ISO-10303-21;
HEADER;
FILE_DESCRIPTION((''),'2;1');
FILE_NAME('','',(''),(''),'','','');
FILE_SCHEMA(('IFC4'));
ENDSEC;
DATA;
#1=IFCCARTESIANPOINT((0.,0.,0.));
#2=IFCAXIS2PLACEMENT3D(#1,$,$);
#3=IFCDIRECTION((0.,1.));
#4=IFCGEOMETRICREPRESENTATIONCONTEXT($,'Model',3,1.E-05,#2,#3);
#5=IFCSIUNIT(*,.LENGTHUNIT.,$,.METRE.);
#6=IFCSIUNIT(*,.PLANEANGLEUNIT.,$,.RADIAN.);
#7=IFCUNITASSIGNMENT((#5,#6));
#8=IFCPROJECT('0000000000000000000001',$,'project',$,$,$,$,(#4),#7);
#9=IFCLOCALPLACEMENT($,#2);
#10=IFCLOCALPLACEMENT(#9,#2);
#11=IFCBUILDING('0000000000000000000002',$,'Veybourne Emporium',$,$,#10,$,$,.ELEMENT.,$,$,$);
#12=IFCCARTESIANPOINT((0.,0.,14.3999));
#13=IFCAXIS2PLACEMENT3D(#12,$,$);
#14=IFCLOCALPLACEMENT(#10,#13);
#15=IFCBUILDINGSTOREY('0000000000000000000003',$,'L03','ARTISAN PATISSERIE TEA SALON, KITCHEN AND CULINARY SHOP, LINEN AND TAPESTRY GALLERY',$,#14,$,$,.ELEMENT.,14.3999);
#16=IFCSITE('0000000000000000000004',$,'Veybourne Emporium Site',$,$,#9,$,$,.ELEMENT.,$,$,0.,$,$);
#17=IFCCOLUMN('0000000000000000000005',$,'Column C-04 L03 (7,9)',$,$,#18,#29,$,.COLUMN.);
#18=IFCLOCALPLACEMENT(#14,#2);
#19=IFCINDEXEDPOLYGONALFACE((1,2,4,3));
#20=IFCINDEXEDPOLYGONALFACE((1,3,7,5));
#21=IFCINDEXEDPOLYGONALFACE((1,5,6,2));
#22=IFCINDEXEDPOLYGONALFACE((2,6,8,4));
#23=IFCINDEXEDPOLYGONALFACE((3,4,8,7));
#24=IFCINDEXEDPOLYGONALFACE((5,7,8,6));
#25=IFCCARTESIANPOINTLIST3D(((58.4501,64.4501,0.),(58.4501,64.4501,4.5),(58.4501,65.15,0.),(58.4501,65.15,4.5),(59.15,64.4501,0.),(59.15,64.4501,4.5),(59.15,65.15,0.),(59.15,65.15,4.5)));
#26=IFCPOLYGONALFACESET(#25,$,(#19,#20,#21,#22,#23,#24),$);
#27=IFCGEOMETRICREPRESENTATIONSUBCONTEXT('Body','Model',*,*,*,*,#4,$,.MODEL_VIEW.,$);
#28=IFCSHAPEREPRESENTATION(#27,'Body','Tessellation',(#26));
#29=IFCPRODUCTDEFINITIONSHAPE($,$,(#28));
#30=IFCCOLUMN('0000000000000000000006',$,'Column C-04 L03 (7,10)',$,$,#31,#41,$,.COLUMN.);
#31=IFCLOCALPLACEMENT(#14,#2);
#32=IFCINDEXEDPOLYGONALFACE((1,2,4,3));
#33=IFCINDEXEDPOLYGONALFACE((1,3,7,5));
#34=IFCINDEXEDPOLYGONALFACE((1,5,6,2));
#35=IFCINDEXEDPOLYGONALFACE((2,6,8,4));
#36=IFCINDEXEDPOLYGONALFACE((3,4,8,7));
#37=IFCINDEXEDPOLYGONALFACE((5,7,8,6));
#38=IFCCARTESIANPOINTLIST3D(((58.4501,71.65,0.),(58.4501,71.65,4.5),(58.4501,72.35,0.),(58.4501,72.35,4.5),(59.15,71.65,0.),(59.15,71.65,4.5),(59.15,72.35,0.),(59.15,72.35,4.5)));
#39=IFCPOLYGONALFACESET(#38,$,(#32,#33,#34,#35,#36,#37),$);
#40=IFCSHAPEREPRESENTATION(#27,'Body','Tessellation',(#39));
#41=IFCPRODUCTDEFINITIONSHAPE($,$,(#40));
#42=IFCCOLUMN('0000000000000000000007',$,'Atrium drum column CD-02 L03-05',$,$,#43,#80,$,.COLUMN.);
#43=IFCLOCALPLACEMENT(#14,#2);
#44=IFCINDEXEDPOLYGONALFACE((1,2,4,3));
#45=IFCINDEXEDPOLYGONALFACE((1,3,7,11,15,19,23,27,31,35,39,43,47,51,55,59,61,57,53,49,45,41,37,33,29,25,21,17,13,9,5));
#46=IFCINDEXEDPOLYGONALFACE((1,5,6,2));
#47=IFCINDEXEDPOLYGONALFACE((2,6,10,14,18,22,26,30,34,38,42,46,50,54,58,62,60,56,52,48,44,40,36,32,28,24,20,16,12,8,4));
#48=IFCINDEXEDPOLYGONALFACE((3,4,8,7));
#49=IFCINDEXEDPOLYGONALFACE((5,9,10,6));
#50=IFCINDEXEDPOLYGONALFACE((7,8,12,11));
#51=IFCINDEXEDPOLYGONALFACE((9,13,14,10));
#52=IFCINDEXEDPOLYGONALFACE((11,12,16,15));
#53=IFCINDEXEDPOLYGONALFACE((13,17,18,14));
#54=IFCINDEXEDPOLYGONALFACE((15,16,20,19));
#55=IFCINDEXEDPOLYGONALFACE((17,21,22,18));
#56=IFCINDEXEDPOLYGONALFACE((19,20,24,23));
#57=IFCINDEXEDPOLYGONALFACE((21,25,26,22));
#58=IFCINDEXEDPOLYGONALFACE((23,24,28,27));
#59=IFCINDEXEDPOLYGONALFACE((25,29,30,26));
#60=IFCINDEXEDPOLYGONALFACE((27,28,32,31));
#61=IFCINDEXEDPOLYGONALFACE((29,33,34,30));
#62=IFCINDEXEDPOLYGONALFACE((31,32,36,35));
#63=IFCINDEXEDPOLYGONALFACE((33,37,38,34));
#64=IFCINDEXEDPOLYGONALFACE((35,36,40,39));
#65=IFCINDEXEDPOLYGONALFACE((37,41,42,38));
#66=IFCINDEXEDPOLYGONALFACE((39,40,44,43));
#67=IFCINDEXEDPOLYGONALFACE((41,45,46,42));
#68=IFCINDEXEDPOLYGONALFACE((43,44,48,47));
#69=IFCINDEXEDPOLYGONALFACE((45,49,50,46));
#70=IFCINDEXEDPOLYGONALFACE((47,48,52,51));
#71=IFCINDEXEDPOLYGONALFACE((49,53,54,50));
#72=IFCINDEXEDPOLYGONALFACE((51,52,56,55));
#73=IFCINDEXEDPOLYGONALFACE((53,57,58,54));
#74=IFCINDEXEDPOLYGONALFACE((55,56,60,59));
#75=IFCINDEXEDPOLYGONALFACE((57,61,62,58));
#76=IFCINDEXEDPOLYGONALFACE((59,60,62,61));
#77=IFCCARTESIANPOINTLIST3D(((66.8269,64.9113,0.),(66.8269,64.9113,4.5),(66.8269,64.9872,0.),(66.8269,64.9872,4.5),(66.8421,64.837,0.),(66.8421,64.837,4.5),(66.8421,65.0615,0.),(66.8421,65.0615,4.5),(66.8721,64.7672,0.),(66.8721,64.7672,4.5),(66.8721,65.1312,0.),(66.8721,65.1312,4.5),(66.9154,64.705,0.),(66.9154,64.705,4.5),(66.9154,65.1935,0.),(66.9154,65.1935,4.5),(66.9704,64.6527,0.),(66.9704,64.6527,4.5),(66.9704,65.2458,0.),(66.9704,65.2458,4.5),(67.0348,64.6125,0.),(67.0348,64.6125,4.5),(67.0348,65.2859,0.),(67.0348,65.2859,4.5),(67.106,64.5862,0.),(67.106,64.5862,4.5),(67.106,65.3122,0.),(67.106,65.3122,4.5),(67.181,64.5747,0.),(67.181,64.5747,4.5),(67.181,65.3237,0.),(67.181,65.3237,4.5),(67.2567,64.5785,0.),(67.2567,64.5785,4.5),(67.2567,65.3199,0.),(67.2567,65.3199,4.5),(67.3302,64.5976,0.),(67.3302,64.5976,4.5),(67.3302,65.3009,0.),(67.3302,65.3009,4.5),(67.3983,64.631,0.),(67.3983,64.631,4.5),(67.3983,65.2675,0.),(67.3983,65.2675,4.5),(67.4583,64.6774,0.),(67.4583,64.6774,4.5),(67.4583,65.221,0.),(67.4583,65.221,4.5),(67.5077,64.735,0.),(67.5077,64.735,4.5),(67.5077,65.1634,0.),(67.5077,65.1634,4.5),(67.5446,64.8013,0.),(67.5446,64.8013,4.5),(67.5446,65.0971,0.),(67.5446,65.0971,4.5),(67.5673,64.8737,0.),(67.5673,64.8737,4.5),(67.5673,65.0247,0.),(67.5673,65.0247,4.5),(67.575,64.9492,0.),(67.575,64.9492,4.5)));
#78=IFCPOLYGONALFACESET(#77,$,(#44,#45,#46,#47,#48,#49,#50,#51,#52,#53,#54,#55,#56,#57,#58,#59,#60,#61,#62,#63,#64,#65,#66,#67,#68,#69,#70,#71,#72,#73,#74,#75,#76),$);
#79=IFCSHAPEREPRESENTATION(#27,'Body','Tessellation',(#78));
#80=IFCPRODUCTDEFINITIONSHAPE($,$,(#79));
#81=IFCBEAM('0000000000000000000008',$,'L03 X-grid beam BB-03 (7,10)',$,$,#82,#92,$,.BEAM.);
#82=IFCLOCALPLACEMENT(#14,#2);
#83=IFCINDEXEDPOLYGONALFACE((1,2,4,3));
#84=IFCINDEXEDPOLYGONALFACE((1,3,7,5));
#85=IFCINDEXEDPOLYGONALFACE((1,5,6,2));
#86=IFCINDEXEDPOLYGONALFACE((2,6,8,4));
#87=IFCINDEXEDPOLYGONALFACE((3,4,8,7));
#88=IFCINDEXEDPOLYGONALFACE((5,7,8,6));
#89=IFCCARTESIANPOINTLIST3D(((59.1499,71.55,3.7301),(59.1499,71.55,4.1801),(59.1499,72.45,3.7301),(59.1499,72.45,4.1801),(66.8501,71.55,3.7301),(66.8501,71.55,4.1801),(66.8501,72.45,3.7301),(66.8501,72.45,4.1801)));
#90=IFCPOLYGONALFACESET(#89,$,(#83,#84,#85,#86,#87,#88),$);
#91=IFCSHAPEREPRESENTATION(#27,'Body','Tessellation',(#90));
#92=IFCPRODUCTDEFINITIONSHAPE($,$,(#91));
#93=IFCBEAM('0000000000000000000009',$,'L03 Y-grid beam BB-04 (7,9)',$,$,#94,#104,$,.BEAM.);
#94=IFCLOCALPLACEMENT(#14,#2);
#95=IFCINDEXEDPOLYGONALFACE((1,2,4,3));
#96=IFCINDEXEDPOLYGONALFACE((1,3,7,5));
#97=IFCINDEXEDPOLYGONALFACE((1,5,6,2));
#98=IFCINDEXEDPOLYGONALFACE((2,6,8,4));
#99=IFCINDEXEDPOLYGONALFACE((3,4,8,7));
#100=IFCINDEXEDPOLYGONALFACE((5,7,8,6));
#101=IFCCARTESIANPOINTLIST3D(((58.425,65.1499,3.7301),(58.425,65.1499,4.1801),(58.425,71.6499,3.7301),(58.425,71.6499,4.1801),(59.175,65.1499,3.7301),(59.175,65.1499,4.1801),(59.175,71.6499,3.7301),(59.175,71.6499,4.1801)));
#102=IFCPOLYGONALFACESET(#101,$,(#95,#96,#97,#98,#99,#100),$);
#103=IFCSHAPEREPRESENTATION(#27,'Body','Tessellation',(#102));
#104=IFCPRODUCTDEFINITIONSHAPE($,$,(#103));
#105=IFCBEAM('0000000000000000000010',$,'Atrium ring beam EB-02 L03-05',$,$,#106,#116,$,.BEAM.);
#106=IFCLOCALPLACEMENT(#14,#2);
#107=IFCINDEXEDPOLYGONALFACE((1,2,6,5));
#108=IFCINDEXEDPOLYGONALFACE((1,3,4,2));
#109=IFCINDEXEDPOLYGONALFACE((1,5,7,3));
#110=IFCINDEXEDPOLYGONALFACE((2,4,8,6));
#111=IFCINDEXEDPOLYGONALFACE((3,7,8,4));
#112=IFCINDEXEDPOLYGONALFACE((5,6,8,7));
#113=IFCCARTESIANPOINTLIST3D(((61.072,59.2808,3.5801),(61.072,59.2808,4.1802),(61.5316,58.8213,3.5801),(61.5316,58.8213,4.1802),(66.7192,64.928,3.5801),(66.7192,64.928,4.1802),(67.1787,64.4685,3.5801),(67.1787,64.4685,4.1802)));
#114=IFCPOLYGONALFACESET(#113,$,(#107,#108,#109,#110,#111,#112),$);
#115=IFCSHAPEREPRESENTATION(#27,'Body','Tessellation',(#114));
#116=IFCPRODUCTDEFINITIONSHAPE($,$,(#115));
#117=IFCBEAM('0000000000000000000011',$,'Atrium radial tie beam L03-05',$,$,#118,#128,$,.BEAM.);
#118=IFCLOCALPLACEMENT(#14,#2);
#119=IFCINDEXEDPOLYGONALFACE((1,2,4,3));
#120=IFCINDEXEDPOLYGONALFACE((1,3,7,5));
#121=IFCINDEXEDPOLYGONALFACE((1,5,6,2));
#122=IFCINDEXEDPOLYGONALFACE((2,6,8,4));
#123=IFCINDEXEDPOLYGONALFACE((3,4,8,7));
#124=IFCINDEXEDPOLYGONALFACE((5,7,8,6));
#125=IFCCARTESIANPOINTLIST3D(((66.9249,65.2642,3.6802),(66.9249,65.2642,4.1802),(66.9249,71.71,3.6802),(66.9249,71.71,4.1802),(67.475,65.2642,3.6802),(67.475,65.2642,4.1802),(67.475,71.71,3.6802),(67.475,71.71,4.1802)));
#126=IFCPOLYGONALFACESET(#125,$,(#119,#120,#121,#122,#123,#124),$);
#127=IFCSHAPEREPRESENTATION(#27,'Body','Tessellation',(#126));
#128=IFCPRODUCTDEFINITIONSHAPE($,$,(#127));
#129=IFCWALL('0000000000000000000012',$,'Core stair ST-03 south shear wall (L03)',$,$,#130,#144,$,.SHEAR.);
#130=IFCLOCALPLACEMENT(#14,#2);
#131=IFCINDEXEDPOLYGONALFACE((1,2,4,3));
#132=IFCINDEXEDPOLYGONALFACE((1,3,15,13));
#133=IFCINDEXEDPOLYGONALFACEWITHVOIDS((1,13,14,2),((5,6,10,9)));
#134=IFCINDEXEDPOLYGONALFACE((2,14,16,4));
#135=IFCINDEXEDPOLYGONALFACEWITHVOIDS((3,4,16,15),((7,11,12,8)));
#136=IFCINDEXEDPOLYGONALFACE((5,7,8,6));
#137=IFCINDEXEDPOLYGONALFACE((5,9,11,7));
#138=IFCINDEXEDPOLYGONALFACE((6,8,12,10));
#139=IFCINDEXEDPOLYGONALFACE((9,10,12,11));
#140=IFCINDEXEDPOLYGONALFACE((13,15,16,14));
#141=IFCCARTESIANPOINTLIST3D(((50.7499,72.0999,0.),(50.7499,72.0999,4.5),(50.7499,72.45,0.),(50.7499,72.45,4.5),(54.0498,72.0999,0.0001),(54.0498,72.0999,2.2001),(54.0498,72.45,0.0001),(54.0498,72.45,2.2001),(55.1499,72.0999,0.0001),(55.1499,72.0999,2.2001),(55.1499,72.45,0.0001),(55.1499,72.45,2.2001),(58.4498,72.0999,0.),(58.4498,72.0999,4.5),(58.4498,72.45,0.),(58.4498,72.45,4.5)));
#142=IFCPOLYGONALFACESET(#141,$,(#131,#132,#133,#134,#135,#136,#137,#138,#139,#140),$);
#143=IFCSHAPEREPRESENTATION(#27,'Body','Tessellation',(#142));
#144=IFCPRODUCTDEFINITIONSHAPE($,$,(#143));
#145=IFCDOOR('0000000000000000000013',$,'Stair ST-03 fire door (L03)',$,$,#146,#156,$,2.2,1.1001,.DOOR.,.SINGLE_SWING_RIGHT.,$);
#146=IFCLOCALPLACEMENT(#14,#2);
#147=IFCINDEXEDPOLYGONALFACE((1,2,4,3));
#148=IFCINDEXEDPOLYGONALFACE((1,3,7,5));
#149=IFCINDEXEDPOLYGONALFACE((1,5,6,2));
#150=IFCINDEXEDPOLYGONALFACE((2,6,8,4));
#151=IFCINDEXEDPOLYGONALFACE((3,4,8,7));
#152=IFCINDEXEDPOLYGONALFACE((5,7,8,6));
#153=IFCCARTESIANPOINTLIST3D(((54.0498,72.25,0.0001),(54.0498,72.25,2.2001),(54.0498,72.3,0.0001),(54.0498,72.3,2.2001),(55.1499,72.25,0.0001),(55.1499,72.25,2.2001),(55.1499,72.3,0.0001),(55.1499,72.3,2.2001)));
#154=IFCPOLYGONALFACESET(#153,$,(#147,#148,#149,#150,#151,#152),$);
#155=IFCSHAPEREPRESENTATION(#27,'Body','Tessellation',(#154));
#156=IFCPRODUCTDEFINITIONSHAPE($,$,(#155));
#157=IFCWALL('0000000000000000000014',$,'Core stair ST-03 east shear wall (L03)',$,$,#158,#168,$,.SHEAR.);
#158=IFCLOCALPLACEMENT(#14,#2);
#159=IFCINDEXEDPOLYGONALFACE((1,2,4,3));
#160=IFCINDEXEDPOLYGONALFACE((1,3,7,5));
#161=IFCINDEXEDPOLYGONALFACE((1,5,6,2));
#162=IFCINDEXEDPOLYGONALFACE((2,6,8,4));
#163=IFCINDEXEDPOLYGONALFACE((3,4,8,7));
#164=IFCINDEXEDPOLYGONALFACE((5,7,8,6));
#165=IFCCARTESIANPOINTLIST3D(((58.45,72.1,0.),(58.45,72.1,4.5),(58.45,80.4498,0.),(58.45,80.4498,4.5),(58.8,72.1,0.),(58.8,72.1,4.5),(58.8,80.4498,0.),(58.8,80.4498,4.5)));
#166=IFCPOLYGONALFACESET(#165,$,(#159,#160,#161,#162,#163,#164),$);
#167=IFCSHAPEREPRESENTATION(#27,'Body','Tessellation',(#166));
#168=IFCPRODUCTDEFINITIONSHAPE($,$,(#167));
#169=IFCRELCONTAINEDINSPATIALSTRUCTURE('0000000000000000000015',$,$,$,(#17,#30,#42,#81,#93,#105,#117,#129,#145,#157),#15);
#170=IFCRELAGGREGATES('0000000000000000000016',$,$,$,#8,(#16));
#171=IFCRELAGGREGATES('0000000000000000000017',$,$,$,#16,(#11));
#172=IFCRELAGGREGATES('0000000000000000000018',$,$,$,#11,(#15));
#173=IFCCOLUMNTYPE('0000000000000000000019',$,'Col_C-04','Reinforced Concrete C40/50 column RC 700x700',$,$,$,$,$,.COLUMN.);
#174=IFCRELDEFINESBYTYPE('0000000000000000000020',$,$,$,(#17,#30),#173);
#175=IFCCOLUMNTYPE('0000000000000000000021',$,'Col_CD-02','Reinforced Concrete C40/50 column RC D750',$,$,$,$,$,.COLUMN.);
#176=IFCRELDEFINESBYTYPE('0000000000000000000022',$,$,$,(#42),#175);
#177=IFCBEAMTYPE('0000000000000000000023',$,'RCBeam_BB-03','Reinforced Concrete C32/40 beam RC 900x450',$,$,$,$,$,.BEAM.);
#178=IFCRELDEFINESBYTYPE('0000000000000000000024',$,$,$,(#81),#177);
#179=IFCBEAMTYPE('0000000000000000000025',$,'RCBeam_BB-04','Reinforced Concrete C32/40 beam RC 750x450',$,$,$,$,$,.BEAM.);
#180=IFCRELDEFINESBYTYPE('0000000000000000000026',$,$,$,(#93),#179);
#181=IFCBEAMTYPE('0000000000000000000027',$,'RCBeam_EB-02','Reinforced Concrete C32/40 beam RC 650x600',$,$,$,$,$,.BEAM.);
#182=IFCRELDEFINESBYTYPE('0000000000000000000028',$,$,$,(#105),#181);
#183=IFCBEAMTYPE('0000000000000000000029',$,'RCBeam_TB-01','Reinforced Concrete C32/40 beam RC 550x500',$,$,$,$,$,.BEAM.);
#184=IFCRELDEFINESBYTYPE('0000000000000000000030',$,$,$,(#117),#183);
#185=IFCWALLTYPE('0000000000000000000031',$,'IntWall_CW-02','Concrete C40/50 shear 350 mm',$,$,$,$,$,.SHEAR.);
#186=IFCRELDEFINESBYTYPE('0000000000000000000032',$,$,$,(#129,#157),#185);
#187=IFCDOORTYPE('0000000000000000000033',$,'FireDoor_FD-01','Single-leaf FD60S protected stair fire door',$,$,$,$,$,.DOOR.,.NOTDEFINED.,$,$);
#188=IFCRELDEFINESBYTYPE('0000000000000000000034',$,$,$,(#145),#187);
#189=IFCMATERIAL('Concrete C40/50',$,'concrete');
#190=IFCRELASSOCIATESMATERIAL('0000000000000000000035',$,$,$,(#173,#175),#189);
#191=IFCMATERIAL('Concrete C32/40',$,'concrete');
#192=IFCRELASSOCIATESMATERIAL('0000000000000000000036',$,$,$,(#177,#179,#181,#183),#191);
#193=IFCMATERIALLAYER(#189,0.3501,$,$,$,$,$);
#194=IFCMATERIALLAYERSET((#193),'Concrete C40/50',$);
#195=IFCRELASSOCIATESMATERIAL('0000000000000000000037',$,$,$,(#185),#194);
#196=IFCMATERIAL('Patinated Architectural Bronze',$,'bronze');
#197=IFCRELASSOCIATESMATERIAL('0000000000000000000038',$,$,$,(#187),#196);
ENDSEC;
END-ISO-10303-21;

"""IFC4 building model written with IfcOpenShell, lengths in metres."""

from ifc_helpers import new_model, si_unit, direction, frame, frame_2d, origin, origin_2d, place, context, subcontext, project, spatial, rectangle, circle, extrude, material, layer, layer_set, material_profile, profile_set, type_object, element, fill, save


model = new_model("IFC4")

# Units and contexts
model_context = context("Model", 3, precision=1e-05, world=origin(), true_north=direction((0.0, 1.0)))
body_context = subcontext(model_context, "Body", "Model", "MODEL_VIEW")
ifc_project = project(units=[si_unit("LENGTHUNIT", "METRE"), si_unit("PLANEANGLEUNIT", "RADIAN")], contexts=[model_context])

# Site, building, storey
site_placement = place(None, origin())
site = spatial("IfcSite", under=ifc_project, at=site_placement, Name="Veybourne Emporium Site", CompositionType="ELEMENT", RefElevation=0.0)
building_placement = place(site_placement, origin())
building = spatial("IfcBuilding", under=site, at=building_placement, Name="Veybourne Emporium", CompositionType="ELEMENT")
storey_placement = place(building_placement, frame((0.0, 0.0, 14.3999)))
storey = spatial("IfcBuildingStorey", under=building, at=storey_placement, Name="L03", Description="ARTISAN PATISSERIE TEA SALON, KITCHEN AND CULINARY SHOP, LINEN AND TAPESTRY GALLERY", CompositionType="ELEMENT", Elevation=14.3999)

# Columns
ifc_material_1 = material(Name="Concrete C40/50", Category="concrete")
ifc_material_profile_1 = material_profile(ifc_material_1, rectangle(XDim=0.7, YDim=0.7, at=origin_2d()), Name="RC 700x700")
ifc_profile_set_1 = profile_set([ifc_material_profile_1], Name="Concrete C40/50")
column_type_1 = type_object("IfcColumnType", Name="Col_C-04", Description="Reinforced Concrete C40/50 column RC 700x700", PredefinedType="COLUMN", material=ifc_profile_set_1)
for number, where, z_axis, x_axis, name in (
    (1, (58.8, 64.8, 0.0), (0.0, 0.0, 1.0), (1.0, 0.0, 0.0), "Column C-04 L03 (7,9)"),
    (2, (58.8, 72.0, 0.0), (0.0, 0.0, 1.0), (1.0, 0.0, 0.0), "Column C-04 L03 (7,10)"),
):
    element("IfcColumn", number, at=place(storey_placement, frame(where, z_axis=z_axis, x_axis=x_axis)), inside=storey, type_object=column_type_1, Name=name, PredefinedType="COLUMN", context=body_context, shape_type="SweptSolid", body=[
        extrude(rectangle(XDim=0.7, YDim=0.7, at=origin_2d()), origin(), (0.0, 0.0, 1.0), 4.5),
    ])
ifc_material_profile_2 = material_profile(ifc_material_1, circle(Radius=0.375, at=origin_2d()), Name="RC D750")
ifc_profile_set_2 = profile_set([ifc_material_profile_2], Name="Concrete C40/50")
column_type_2 = type_object("IfcColumnType", Name="Col_CD-02", Description="Reinforced Concrete C40/50 column RC D750", PredefinedType="COLUMN", material=ifc_profile_set_2)
column_placement = place(storey_placement, frame((67.2, 64.9492, 0.0), z_axis=(0.0, 0.0, 1.0), x_axis=(1.0, 0.0, 0.0)))
element("IfcColumn", 3, at=column_placement, inside=storey, type_object=column_type_2, Name="Atrium drum column CD-02 L03-05", PredefinedType="COLUMN", context=body_context, shape_type="SweptSolid", body=[
    extrude(circle(Radius=0.375, at=origin_2d()), origin(), (0.0, 0.0, 1.0), 4.5),
])

# Beams
ifc_material_2 = material(Name="Concrete C32/40", Category="concrete")
ifc_material_profile_3 = material_profile(ifc_material_2, rectangle(XDim=0.8999, YDim=0.45, at=origin_2d()), Name="RC 900x450")
ifc_profile_set_3 = profile_set([ifc_material_profile_3], Name="Concrete C32/40")
beam_type_1 = type_object("IfcBeamType", Name="RCBeam_BB-03", Description="Reinforced Concrete C32/40 beam RC 900x450", PredefinedType="BEAM", material=ifc_profile_set_3)
beam_1_placement = place(storey_placement, frame((59.1499, 72.0, 3.9551), z_axis=(1.0, 0.0, 0.0), x_axis=(0.0, 1.0, 0.0)))
element("IfcBeam", 4, at=beam_1_placement, inside=storey, type_object=beam_type_1, Name="L03 X-grid beam BB-03 (7,10)", PredefinedType="BEAM", context=body_context, shape_type="SweptSolid", body=[
    extrude(rectangle(XDim=0.8999, YDim=0.45, at=origin_2d()), origin(), (0.0, 0.0, 1.0), 7.7002),
])
ifc_material_profile_4 = material_profile(ifc_material_2, rectangle(XDim=0.75, YDim=0.45, at=origin_2d()), Name="RC 750x450")
ifc_profile_set_4 = profile_set([ifc_material_profile_4], Name="Concrete C32/40")
beam_type_2 = type_object("IfcBeamType", Name="RCBeam_BB-04", Description="Reinforced Concrete C32/40 beam RC 750x450", PredefinedType="BEAM", material=ifc_profile_set_4)
beam_2_placement = place(storey_placement, frame((58.8, 65.1499, 3.9551), z_axis=(0.0, 1.0, 0.0), x_axis=(-1.0, 0.0, 0.0)))
element("IfcBeam", 5, at=beam_2_placement, inside=storey, type_object=beam_type_2, Name="L03 Y-grid beam BB-04 (7,9)", PredefinedType="BEAM", context=body_context, shape_type="SweptSolid", body=[
    extrude(rectangle(XDim=0.75, YDim=0.45, at=origin_2d()), origin(), (0.0, 0.0, 1.0), 6.5),
])
ifc_material_profile_5 = material_profile(ifc_material_2, rectangle(XDim=0.6499, YDim=0.6001, at=origin_2d()), Name="RC 650x600")
ifc_profile_set_5 = profile_set([ifc_material_profile_5], Name="Concrete C32/40")
beam_type_3 = type_object("IfcBeamType", Name="RCBeam_EB-02", Description="Reinforced Concrete C32/40 beam RC 650x600", PredefinedType="BEAM", material=ifc_profile_set_5)
beam_3_placement = place(storey_placement, frame((66.949, 64.6982, 3.8801), z_axis=(-0.707107, -0.707107, 0.0), x_axis=(0.707107, -0.707107, 0.0)))
element("IfcBeam", 6, at=beam_3_placement, inside=storey, type_object=beam_type_3, Name="Atrium ring beam EB-02 L03-05", PredefinedType="BEAM", context=body_context, shape_type="SweptSolid", body=[
    extrude(rectangle(XDim=0.6499, YDim=0.6001, at=origin_2d()), origin(), (0.0, 0.0, 1.0), 7.9863),
])
ifc_material_profile_6 = material_profile(ifc_material_2, rectangle(XDim=0.55, YDim=0.5, at=origin_2d()), Name="RC 550x500")
ifc_profile_set_6 = profile_set([ifc_material_profile_6], Name="Concrete C32/40")
beam_type_4 = type_object("IfcBeamType", Name="RCBeam_TB-01", Description="Reinforced Concrete C32/40 beam RC 550x500", PredefinedType="BEAM", material=ifc_profile_set_6)
beam_4_placement = place(storey_placement, frame((67.2, 65.2642, 3.9302), z_axis=(0.0, 1.0, 0.0), x_axis=(-1.0, 0.0, 0.0)))
element("IfcBeam", 7, at=beam_4_placement, inside=storey, type_object=beam_type_4, Name="Atrium radial tie beam L03-05", PredefinedType="BEAM", context=body_context, shape_type="SweptSolid", body=[
    extrude(rectangle(XDim=0.55, YDim=0.5, at=origin_2d()), origin(), (0.0, 0.0, 1.0), 6.4458),
])

# Wall, opening, door
ifc_layer_1 = layer(ifc_material_1, 0.3501)
ifc_layer_set_1 = layer_set([ifc_layer_1], Name="Concrete C40/50")
wall_type_1 = type_object("IfcWallType", Name="IntWall_CW-02", Description="Concrete C40/50 shear 350 mm", PredefinedType="SHEAR", material=ifc_layer_set_1)
wall_1_placement = place(storey_placement, frame((58.45, 72.2749, 0.0), z_axis=(0.0, 0.0, 1.0), x_axis=(-1.0, 0.0, 0.0)))
wall_1 = element("IfcWall", 8, at=wall_1_placement, inside=storey, type_object=wall_type_1, Name="Core stair ST-03 south shear wall (L03)", PredefinedType="SHEAR", context=body_context, shape_type="SweptSolid", body=[
    extrude(rectangle(XDim=7.7, YDim=0.3501, at=frame_2d((3.8501, 0.0))), origin(), (0.0, 0.0, 1.0), 4.5),
])
opening_1_placement = place(wall_1_placement, frame((3.3, 0.0, 0.0)))
opening_1 = element("IfcOpeningElement", 9, at=opening_1_placement, cuts=wall_1, PredefinedType="OPENING", context=body_context, shape_type="SweptSolid", body=[
    extrude(rectangle(XDim=1.1001, YDim=2.2, at=frame_2d((0.55, 1.1001))), frame((0.0, 0.1951, 0.0), z_axis=(0.0, -1.0, 0.0), x_axis=(1.0, 0.0, 0.0)), (0.0, 0.0, 1.0), 0.3901),
])
ifc_material_3 = material(Name="Patinated Architectural Bronze", Category="bronze")
door_type_1 = type_object("IfcDoorType", Name="FireDoor_FD-01", Description="Single-leaf FD60S protected stair fire door", OperationType="NOTDEFINED", PredefinedType="DOOR", material=ifc_material_3)
door_1_placement = place(opening_1_placement, origin())
door_1 = element("IfcDoor", 10, at=door_1_placement, inside=storey, type_object=door_type_1, Name="Stair ST-03 fire door (L03)", OperationType="SINGLE_SWING_RIGHT", OverallHeight=2.2, OverallWidth=1.1001, PredefinedType="DOOR", context=body_context, shape_type="SweptSolid", body=[
    extrude(rectangle(XDim=1.1001, YDim=2.2, at=frame_2d((0.55, 1.1001))), frame((0.0, 0.0249, 0.0), z_axis=(0.0, -1.0, 0.0), x_axis=(1.0, 0.0, 0.0)), (0.0, 0.0, 1.0), 0.05),
])
fill(opening_1, door_1)

# Wall
wall_2_placement = place(storey_placement, frame((58.625, 72.1001, 0.0), z_axis=(0.0, 0.0, 1.0), x_axis=(0.0, 1.0, 0.0)))
element("IfcWall", 11, at=wall_2_placement, inside=storey, type_object=wall_type_1, Name="Core stair ST-03 east shear wall (L03)", PredefinedType="SHEAR", context=body_context, shape_type="SweptSolid", body=[
    extrude(rectangle(XDim=8.3499, YDim=0.3501, at=frame_2d((4.1748, 0.0))), origin(), (0.0, 0.0, 1.0), 4.5),
])

save(model, "model.ifc")
